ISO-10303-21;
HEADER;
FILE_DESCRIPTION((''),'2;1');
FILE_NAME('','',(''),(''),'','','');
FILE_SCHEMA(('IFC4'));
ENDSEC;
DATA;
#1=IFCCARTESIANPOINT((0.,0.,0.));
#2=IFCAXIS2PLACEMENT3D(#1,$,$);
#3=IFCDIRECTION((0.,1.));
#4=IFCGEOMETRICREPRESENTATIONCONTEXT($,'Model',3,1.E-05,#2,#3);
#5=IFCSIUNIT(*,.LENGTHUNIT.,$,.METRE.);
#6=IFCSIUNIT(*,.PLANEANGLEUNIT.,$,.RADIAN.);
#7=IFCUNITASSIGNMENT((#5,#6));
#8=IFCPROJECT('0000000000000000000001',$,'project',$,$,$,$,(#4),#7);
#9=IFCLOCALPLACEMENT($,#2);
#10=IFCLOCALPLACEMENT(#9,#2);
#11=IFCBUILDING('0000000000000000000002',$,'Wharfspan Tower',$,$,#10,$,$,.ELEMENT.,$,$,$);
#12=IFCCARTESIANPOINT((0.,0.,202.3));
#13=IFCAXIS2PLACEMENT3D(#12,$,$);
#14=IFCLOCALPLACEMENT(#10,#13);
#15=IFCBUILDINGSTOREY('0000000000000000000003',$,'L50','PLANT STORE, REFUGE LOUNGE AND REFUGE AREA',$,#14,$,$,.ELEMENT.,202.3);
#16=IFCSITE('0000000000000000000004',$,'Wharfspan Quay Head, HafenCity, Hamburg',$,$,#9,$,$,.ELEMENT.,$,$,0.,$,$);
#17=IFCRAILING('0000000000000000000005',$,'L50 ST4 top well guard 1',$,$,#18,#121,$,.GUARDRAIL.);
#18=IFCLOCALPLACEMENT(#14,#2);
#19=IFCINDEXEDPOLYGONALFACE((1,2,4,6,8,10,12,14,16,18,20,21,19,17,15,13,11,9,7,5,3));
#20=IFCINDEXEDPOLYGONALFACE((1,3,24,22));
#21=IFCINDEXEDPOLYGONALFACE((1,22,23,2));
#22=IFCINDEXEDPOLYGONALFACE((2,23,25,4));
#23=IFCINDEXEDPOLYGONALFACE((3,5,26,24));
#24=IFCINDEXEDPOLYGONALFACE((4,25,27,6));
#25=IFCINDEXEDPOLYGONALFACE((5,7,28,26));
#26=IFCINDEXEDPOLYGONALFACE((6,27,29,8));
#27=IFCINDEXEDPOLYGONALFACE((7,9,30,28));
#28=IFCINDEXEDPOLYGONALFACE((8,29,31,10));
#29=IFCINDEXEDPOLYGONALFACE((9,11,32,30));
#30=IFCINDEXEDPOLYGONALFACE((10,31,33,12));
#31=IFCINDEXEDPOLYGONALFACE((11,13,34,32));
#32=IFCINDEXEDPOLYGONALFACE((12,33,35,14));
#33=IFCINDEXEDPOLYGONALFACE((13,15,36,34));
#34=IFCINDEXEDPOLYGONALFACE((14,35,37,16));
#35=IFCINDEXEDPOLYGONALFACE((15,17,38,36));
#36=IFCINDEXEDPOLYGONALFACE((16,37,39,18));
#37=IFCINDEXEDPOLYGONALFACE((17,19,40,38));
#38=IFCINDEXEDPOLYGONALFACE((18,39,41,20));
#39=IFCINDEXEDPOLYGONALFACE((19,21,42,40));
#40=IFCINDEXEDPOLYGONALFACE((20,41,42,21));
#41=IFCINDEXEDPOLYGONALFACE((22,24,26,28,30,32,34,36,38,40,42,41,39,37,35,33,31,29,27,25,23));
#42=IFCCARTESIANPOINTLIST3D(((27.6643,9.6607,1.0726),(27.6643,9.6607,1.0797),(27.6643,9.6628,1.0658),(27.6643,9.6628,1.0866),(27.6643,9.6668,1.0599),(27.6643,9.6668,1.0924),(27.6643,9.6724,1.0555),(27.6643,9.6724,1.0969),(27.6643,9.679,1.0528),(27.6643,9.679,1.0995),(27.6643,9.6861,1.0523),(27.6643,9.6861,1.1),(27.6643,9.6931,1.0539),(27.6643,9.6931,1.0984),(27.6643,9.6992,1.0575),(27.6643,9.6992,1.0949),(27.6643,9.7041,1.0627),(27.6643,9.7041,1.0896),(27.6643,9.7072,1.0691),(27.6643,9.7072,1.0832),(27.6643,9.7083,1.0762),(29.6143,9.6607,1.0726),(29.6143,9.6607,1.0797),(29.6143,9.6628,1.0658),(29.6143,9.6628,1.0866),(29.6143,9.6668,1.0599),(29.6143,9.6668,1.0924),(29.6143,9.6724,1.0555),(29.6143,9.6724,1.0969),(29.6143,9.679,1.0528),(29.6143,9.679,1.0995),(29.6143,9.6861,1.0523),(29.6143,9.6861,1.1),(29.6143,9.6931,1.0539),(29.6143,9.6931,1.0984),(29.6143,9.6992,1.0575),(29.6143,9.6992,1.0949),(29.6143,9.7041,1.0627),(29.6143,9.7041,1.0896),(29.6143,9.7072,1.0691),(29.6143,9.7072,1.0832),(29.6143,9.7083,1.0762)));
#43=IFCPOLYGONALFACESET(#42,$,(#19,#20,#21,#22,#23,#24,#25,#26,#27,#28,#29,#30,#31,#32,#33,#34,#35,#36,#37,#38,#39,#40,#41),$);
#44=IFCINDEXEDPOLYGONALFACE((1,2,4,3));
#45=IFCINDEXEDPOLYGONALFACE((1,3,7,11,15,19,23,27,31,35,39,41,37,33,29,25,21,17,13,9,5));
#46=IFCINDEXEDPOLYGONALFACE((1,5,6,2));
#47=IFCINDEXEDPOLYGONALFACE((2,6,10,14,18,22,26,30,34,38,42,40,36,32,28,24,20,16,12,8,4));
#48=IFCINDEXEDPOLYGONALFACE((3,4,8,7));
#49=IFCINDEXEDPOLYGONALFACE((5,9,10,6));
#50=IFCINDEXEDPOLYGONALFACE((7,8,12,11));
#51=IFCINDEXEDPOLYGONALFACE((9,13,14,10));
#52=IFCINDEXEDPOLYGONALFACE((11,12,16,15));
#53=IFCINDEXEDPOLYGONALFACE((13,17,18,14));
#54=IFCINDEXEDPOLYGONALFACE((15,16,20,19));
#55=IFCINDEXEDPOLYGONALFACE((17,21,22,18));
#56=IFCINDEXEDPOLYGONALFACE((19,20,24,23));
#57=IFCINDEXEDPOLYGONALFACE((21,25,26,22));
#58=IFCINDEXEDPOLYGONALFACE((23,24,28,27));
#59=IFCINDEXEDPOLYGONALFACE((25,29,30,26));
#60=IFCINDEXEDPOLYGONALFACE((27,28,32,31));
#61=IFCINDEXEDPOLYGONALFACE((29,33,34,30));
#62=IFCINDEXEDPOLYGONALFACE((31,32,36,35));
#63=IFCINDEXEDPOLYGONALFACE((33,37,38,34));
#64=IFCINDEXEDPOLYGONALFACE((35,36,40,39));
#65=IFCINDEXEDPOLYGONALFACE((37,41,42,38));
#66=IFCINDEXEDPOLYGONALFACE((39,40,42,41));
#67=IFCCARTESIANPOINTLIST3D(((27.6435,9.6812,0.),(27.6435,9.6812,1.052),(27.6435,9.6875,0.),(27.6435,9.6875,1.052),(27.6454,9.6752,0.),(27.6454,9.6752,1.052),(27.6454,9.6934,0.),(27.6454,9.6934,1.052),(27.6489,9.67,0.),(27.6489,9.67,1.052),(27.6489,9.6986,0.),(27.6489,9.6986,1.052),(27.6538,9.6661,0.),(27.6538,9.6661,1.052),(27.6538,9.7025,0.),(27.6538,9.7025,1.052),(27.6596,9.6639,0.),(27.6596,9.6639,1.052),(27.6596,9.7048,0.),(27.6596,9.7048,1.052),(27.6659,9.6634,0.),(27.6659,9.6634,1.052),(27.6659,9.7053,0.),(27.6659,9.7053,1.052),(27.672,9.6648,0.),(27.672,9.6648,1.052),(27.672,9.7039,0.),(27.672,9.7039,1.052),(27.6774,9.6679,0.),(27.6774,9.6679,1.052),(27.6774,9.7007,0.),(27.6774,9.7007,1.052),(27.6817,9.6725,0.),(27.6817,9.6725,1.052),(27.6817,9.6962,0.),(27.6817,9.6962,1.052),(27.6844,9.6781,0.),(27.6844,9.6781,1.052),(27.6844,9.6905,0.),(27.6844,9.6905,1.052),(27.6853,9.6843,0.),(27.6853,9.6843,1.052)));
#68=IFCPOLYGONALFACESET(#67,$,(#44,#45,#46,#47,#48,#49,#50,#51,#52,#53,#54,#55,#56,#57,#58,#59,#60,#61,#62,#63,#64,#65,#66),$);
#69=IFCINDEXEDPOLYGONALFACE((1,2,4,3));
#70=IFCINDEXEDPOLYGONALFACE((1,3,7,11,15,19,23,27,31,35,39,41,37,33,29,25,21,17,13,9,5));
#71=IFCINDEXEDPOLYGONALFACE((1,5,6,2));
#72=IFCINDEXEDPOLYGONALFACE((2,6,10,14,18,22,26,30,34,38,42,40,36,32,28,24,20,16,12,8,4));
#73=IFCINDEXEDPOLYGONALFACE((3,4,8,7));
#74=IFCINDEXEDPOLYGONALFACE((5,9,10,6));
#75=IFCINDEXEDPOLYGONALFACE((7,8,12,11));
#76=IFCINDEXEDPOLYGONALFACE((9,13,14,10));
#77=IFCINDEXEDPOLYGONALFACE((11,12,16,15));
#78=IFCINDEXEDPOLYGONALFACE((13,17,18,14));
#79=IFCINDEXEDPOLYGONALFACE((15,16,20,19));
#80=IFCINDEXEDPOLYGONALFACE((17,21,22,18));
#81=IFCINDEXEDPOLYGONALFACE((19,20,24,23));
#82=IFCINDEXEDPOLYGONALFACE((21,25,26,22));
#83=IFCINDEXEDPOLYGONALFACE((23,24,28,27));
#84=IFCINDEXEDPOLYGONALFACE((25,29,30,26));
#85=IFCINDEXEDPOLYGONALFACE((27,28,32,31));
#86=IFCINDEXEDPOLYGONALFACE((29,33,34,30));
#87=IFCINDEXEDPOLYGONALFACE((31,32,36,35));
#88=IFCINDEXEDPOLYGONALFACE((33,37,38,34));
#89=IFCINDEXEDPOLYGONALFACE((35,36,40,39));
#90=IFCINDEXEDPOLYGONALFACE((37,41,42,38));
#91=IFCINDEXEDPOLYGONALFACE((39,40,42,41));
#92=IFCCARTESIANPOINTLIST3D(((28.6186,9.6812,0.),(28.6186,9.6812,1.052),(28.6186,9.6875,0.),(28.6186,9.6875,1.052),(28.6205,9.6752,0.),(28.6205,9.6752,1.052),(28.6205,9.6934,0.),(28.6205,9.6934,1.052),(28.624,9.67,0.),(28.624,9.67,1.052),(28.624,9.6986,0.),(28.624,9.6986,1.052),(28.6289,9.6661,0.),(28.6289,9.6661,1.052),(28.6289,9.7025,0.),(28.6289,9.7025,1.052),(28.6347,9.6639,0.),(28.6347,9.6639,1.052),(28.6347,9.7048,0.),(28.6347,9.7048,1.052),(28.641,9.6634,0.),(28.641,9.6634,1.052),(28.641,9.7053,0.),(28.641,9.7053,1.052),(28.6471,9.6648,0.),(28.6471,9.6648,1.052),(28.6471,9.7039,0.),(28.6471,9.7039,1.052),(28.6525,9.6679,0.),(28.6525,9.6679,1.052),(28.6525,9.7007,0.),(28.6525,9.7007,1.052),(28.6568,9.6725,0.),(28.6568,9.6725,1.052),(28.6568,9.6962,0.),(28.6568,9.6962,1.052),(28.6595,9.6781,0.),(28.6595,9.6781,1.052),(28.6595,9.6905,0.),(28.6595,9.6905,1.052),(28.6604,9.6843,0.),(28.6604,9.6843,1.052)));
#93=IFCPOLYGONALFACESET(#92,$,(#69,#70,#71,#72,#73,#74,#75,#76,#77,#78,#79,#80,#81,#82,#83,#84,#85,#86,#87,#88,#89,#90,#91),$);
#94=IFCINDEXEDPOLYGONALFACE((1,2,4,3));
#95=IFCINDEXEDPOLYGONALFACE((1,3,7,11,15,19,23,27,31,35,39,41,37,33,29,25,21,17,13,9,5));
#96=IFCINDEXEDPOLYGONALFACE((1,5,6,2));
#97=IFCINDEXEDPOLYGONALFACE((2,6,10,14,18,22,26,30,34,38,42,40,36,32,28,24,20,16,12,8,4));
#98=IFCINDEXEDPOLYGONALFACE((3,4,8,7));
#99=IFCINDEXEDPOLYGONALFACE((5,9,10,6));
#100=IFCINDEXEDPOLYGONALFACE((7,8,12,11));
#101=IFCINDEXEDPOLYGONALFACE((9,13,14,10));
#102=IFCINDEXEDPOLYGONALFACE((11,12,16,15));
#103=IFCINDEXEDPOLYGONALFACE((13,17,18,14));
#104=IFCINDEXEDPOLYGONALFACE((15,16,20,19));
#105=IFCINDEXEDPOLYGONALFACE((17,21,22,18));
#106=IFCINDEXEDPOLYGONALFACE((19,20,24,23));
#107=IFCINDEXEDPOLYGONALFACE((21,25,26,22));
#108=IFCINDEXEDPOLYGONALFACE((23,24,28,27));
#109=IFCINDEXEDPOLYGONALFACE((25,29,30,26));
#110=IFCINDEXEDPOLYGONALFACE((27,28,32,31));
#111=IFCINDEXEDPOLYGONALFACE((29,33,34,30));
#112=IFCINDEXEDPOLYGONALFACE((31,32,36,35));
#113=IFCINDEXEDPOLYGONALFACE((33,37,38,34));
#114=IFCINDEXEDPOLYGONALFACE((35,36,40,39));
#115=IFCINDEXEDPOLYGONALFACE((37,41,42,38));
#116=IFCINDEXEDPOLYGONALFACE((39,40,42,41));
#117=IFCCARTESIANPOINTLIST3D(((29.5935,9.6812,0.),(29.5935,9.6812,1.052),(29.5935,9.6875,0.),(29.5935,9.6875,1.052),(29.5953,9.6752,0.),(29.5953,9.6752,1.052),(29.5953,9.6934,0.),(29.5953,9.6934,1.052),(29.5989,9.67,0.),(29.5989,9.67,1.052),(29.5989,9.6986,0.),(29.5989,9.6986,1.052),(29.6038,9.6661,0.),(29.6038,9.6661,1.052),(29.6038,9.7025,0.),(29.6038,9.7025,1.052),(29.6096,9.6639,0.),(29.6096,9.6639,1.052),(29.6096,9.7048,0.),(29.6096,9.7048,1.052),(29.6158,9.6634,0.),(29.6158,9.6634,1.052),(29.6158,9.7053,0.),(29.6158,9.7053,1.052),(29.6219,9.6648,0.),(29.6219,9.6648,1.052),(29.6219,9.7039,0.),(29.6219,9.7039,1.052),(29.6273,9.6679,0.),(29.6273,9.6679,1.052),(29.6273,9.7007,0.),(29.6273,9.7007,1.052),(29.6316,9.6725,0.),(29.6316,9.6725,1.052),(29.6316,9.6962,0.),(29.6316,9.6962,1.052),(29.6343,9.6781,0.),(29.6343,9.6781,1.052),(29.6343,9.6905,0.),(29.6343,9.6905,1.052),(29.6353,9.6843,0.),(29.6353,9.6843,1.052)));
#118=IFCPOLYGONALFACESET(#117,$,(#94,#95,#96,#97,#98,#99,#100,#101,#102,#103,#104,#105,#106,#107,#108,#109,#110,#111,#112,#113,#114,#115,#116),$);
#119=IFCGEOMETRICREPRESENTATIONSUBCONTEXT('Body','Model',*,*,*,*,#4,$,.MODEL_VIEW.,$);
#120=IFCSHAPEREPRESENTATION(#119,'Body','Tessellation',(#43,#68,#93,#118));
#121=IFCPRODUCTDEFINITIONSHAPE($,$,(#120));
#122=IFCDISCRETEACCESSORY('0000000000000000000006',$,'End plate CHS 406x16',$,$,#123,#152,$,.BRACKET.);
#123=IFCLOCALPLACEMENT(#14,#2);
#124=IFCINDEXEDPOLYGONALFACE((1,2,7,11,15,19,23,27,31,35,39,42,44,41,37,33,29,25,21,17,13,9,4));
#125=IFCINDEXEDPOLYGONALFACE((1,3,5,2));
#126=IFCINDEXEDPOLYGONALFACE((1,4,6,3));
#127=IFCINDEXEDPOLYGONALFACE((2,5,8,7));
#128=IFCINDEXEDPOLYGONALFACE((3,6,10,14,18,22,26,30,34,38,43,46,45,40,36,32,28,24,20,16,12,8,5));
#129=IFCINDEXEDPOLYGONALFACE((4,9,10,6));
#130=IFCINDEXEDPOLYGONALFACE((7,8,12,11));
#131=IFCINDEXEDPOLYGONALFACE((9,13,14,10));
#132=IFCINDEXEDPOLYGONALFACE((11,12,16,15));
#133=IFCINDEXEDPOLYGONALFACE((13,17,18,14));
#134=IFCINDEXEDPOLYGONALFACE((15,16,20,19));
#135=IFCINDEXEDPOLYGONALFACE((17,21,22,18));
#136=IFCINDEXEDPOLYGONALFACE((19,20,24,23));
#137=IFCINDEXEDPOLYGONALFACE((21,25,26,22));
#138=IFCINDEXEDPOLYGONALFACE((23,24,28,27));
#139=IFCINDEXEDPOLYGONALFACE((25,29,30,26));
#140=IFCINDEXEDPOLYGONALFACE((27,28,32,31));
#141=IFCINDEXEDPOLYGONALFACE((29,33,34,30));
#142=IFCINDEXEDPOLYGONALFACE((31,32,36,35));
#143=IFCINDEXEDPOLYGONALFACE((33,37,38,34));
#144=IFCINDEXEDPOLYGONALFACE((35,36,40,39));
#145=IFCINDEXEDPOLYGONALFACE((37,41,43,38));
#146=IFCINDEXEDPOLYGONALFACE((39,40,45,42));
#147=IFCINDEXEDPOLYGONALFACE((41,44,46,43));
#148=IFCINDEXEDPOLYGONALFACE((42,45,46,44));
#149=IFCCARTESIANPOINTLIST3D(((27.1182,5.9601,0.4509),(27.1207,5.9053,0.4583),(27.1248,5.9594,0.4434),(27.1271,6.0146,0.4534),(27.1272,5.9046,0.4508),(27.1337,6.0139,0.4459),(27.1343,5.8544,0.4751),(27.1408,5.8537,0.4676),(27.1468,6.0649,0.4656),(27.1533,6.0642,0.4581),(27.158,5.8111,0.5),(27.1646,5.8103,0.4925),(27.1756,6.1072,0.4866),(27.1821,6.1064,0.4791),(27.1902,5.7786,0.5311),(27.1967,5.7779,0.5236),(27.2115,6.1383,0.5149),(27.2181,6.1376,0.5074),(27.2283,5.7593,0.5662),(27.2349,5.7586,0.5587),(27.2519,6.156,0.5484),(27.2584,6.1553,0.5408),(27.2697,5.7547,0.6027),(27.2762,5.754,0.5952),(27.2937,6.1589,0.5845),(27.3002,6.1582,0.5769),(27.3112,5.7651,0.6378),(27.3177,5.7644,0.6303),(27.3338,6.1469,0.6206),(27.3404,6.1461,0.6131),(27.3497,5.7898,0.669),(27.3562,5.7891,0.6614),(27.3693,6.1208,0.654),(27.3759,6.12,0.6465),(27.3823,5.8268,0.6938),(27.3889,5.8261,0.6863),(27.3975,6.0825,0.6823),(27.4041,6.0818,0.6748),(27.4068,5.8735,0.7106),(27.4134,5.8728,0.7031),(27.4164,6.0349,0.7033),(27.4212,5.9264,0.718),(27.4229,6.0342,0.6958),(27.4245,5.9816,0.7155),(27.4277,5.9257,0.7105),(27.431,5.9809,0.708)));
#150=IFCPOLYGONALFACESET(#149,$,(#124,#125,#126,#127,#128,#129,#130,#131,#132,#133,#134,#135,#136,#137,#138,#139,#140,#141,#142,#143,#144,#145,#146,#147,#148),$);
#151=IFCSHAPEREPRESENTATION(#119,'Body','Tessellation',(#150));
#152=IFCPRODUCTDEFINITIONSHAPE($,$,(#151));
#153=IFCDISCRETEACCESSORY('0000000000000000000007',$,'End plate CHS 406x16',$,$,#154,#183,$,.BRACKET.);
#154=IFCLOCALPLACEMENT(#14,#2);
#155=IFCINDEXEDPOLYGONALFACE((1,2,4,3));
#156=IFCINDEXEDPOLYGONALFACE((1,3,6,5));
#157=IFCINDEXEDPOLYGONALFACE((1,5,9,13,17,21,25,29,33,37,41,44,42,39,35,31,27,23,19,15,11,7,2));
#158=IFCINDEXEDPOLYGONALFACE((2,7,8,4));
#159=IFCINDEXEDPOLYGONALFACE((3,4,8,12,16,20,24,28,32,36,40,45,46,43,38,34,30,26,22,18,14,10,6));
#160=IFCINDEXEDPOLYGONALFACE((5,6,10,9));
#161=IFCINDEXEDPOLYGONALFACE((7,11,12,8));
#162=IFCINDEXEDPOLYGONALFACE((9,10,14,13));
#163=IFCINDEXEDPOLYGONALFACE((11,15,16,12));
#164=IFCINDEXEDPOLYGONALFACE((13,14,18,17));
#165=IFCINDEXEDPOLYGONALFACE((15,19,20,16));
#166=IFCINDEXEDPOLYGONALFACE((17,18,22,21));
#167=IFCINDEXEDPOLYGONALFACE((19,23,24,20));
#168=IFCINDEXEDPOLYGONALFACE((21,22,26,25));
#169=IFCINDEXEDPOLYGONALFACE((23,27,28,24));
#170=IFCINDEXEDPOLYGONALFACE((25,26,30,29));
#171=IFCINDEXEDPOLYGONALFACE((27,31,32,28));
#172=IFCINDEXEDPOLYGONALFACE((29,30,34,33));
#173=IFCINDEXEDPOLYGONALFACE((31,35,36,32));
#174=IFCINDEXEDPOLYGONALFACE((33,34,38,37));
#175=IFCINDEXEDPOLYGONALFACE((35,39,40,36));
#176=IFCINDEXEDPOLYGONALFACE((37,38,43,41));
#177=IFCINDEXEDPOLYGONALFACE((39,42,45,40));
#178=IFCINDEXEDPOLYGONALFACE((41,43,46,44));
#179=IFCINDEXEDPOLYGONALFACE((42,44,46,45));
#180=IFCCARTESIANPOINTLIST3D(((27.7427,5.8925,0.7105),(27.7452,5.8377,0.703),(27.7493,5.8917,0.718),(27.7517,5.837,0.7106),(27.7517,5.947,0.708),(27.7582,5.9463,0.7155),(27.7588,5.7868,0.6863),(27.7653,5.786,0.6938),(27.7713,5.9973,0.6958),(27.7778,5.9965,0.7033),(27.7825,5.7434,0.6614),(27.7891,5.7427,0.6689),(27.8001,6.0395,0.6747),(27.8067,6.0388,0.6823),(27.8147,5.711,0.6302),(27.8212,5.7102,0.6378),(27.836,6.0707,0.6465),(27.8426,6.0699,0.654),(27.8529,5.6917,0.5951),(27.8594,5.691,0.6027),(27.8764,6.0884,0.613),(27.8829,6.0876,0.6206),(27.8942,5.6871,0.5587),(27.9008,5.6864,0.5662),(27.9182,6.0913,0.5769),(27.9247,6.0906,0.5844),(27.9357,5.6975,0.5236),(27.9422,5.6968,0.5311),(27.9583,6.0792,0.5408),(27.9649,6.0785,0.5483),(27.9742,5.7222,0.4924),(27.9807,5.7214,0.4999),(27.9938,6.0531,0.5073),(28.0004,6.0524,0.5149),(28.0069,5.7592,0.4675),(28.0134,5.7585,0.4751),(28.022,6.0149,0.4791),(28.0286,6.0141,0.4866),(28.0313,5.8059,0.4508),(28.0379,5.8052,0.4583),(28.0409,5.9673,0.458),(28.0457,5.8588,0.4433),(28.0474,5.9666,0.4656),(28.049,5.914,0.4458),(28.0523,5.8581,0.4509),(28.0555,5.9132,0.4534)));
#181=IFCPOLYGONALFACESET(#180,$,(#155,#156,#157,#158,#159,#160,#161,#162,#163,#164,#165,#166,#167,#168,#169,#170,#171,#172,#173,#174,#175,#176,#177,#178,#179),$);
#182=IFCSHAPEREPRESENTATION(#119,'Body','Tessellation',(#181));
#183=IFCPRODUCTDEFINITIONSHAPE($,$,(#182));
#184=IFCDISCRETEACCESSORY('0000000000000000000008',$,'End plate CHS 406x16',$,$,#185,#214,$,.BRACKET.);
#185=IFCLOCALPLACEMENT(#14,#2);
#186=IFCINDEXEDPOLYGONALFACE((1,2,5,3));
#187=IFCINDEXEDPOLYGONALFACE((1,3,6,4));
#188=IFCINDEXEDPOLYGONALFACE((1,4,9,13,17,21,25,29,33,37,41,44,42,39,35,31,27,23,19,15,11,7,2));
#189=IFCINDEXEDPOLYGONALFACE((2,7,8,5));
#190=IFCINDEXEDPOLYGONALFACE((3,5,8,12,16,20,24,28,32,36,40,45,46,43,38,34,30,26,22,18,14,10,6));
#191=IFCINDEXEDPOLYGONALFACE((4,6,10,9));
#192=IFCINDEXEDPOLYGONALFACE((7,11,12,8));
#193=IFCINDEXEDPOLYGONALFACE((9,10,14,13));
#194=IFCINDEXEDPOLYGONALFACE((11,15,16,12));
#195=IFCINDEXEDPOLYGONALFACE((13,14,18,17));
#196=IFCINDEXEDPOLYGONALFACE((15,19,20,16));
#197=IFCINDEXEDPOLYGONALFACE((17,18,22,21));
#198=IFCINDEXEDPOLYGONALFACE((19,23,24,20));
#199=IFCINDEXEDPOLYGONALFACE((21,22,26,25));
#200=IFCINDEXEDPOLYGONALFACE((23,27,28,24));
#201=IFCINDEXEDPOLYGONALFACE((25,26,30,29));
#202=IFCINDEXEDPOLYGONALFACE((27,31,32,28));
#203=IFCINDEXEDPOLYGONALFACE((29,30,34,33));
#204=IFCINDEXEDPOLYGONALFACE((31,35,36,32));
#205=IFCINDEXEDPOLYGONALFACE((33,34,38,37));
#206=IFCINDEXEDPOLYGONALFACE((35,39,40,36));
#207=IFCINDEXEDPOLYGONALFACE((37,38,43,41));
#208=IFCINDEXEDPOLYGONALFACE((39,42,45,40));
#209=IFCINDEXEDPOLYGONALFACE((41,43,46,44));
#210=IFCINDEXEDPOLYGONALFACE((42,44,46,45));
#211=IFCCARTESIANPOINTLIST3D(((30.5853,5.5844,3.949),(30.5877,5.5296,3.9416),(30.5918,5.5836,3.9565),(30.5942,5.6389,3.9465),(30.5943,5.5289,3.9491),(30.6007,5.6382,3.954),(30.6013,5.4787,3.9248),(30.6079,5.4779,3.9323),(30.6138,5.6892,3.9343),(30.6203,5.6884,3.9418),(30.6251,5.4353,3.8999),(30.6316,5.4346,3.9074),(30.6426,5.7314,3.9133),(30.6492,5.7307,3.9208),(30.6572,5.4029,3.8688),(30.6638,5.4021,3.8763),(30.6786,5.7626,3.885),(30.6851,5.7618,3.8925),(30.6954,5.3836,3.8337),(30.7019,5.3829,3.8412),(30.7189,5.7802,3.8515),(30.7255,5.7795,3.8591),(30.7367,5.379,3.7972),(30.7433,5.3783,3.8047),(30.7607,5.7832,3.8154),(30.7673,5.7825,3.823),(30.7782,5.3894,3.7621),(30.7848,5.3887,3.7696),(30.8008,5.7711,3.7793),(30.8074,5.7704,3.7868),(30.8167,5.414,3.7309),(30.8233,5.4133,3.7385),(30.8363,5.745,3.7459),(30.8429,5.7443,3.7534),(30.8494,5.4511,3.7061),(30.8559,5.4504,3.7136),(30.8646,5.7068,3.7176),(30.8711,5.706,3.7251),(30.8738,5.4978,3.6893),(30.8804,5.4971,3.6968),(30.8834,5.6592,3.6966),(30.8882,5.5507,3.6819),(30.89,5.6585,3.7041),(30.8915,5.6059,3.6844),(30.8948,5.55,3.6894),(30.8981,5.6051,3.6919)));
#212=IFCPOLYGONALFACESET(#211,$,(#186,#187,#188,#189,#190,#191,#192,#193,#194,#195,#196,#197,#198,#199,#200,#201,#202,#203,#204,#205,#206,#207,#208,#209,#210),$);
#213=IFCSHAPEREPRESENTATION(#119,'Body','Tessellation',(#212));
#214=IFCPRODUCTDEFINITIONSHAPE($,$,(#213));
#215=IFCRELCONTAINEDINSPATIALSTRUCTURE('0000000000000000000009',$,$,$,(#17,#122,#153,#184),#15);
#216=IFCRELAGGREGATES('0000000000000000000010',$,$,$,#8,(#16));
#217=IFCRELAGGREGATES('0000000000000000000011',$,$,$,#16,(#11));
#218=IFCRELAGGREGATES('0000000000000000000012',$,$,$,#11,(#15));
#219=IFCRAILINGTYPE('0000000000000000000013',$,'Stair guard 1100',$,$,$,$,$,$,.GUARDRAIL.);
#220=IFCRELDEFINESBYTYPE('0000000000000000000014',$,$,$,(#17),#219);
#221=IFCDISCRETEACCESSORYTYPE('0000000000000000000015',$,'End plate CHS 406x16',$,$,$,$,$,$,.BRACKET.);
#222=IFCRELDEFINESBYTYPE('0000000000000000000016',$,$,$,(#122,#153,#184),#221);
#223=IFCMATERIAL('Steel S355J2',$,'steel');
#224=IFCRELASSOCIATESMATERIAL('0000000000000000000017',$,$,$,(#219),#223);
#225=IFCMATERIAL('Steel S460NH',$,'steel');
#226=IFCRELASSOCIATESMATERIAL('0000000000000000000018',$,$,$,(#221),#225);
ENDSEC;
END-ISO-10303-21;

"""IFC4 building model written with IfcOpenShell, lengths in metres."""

from ifc_helpers import new_model, si_unit, direction, frame, origin, origin_2d, place, context, subcontext, project, spatial, circle, extrude, material, material_profile, profile_set, type_object, element, save


model = new_model("IFC4")

# Units and contexts
model_context = context("Model", 3, precision=1e-05, world=origin(), true_north=direction((0.0, 1.0)))
body_context = subcontext(model_context, "Body", "Model", "MODEL_VIEW")
ifc_project = project(units=[si_unit("LENGTHUNIT", "METRE"), si_unit("PLANEANGLEUNIT", "RADIAN")], contexts=[model_context])

# Site, building, storey
site_placement = place(None, origin())
site = spatial("IfcSite", under=ifc_project, at=site_placement, Name="Wharfspan Quay Head, HafenCity, Hamburg", CompositionType="ELEMENT", RefElevation=0.0)
building_placement = place(site_placement, origin())
building = spatial("IfcBuilding", under=site, at=building_placement, Name="Wharfspan Tower", CompositionType="ELEMENT")
storey_placement = place(building_placement, frame((0.0, 0.0, 202.3)))
storey = spatial("IfcBuildingStorey", under=building, at=storey_placement, Name="L50", Description="PLANT STORE, REFUGE LOUNGE AND REFUGE AREA", CompositionType="ELEMENT", Elevation=202.3)

# Shared definitions
ifc_material_1 = material(Name="Steel S460NH", Category="steel")

# Railing
ifc_material_2 = material(Name="Steel S355J2", Category="steel")
railing_type = type_object("IfcRailingType", Name="Stair guard 1100", PredefinedType="GUARDRAIL", material=ifc_material_2)
railing_placement = place(storey_placement, frame((27.6643, 9.6843, 0.0)))
element("IfcRailing", 1, at=railing_placement, inside=storey, type_object=railing_type, Name="L50 ST4 top well guard 1", PredefinedType="GUARDRAIL", context=body_context, shape_type="SweptSolid", body=[
    extrude(circle(Radius=0.0239, at=origin_2d()), frame((0.0, 0.0, 1.0762), z_axis=(1.0, 0.0, 0.0), x_axis=(0.0, 1.0, 0.0)), (0.0, 0.0, 1.0), 1.95),
    extrude(circle(Radius=0.021, at=origin_2d()), origin(), (0.0, 0.0, 1.0), 1.052),
    extrude(circle(Radius=0.021, at=origin_2d()), frame((0.9751, 0.0, 0.0)), (0.0, 0.0, 1.0), 1.052),
    extrude(circle(Radius=0.021, at=origin_2d()), frame((1.95, 0.0, 0.0)), (0.0, 0.0, 1.0), 1.052),
])

# Discrete accessories
ifc_material_profile_1 = material_profile(ifc_material_1, circle(Radius=0.2031, at=origin_2d()))
ifc_profile_set_1 = profile_set([ifc_material_profile_1], Name="Steel S460NH")
discrete_accessory_type_1 = type_object("IfcDiscreteAccessoryType", Name="End plate CHS 406x16", PredefinedType="BRACKET", material=ifc_profile_set_1)
for number, where, z_axis, x_axis, name in (
    (2, (27.2712, 5.957, 0.5845), (0.655039, -0.072782, -0.752082), (0.11043, 0.993882, -0.000001), "End plate CHS 406x16"),
    (3, (27.8958, 5.8894, 0.5769), (0.655039, -0.072782, 0.752082), (0.11043, 0.993882, 0.000001), "End plate CHS 406x16"),
    (4, (30.7383, 5.5813, 3.8154), (0.655039, -0.072782, 0.752082), (0.11043, 0.993882, 0.000001), "End plate CHS 406x16"),
):
    element("IfcDiscreteAccessory", number, at=place(storey_placement, frame(where, z_axis=z_axis, x_axis=x_axis)), inside=storey, type_object=discrete_accessory_type_1, Name=name, PredefinedType="BRACKET", context=body_context, shape_type="SweptSolid", body=[
        extrude(circle(Radius=0.2031, at=origin_2d()), origin(), (0.0, 0.0, 1.0), 0.01),
    ])

save(model, "model.ifc")
